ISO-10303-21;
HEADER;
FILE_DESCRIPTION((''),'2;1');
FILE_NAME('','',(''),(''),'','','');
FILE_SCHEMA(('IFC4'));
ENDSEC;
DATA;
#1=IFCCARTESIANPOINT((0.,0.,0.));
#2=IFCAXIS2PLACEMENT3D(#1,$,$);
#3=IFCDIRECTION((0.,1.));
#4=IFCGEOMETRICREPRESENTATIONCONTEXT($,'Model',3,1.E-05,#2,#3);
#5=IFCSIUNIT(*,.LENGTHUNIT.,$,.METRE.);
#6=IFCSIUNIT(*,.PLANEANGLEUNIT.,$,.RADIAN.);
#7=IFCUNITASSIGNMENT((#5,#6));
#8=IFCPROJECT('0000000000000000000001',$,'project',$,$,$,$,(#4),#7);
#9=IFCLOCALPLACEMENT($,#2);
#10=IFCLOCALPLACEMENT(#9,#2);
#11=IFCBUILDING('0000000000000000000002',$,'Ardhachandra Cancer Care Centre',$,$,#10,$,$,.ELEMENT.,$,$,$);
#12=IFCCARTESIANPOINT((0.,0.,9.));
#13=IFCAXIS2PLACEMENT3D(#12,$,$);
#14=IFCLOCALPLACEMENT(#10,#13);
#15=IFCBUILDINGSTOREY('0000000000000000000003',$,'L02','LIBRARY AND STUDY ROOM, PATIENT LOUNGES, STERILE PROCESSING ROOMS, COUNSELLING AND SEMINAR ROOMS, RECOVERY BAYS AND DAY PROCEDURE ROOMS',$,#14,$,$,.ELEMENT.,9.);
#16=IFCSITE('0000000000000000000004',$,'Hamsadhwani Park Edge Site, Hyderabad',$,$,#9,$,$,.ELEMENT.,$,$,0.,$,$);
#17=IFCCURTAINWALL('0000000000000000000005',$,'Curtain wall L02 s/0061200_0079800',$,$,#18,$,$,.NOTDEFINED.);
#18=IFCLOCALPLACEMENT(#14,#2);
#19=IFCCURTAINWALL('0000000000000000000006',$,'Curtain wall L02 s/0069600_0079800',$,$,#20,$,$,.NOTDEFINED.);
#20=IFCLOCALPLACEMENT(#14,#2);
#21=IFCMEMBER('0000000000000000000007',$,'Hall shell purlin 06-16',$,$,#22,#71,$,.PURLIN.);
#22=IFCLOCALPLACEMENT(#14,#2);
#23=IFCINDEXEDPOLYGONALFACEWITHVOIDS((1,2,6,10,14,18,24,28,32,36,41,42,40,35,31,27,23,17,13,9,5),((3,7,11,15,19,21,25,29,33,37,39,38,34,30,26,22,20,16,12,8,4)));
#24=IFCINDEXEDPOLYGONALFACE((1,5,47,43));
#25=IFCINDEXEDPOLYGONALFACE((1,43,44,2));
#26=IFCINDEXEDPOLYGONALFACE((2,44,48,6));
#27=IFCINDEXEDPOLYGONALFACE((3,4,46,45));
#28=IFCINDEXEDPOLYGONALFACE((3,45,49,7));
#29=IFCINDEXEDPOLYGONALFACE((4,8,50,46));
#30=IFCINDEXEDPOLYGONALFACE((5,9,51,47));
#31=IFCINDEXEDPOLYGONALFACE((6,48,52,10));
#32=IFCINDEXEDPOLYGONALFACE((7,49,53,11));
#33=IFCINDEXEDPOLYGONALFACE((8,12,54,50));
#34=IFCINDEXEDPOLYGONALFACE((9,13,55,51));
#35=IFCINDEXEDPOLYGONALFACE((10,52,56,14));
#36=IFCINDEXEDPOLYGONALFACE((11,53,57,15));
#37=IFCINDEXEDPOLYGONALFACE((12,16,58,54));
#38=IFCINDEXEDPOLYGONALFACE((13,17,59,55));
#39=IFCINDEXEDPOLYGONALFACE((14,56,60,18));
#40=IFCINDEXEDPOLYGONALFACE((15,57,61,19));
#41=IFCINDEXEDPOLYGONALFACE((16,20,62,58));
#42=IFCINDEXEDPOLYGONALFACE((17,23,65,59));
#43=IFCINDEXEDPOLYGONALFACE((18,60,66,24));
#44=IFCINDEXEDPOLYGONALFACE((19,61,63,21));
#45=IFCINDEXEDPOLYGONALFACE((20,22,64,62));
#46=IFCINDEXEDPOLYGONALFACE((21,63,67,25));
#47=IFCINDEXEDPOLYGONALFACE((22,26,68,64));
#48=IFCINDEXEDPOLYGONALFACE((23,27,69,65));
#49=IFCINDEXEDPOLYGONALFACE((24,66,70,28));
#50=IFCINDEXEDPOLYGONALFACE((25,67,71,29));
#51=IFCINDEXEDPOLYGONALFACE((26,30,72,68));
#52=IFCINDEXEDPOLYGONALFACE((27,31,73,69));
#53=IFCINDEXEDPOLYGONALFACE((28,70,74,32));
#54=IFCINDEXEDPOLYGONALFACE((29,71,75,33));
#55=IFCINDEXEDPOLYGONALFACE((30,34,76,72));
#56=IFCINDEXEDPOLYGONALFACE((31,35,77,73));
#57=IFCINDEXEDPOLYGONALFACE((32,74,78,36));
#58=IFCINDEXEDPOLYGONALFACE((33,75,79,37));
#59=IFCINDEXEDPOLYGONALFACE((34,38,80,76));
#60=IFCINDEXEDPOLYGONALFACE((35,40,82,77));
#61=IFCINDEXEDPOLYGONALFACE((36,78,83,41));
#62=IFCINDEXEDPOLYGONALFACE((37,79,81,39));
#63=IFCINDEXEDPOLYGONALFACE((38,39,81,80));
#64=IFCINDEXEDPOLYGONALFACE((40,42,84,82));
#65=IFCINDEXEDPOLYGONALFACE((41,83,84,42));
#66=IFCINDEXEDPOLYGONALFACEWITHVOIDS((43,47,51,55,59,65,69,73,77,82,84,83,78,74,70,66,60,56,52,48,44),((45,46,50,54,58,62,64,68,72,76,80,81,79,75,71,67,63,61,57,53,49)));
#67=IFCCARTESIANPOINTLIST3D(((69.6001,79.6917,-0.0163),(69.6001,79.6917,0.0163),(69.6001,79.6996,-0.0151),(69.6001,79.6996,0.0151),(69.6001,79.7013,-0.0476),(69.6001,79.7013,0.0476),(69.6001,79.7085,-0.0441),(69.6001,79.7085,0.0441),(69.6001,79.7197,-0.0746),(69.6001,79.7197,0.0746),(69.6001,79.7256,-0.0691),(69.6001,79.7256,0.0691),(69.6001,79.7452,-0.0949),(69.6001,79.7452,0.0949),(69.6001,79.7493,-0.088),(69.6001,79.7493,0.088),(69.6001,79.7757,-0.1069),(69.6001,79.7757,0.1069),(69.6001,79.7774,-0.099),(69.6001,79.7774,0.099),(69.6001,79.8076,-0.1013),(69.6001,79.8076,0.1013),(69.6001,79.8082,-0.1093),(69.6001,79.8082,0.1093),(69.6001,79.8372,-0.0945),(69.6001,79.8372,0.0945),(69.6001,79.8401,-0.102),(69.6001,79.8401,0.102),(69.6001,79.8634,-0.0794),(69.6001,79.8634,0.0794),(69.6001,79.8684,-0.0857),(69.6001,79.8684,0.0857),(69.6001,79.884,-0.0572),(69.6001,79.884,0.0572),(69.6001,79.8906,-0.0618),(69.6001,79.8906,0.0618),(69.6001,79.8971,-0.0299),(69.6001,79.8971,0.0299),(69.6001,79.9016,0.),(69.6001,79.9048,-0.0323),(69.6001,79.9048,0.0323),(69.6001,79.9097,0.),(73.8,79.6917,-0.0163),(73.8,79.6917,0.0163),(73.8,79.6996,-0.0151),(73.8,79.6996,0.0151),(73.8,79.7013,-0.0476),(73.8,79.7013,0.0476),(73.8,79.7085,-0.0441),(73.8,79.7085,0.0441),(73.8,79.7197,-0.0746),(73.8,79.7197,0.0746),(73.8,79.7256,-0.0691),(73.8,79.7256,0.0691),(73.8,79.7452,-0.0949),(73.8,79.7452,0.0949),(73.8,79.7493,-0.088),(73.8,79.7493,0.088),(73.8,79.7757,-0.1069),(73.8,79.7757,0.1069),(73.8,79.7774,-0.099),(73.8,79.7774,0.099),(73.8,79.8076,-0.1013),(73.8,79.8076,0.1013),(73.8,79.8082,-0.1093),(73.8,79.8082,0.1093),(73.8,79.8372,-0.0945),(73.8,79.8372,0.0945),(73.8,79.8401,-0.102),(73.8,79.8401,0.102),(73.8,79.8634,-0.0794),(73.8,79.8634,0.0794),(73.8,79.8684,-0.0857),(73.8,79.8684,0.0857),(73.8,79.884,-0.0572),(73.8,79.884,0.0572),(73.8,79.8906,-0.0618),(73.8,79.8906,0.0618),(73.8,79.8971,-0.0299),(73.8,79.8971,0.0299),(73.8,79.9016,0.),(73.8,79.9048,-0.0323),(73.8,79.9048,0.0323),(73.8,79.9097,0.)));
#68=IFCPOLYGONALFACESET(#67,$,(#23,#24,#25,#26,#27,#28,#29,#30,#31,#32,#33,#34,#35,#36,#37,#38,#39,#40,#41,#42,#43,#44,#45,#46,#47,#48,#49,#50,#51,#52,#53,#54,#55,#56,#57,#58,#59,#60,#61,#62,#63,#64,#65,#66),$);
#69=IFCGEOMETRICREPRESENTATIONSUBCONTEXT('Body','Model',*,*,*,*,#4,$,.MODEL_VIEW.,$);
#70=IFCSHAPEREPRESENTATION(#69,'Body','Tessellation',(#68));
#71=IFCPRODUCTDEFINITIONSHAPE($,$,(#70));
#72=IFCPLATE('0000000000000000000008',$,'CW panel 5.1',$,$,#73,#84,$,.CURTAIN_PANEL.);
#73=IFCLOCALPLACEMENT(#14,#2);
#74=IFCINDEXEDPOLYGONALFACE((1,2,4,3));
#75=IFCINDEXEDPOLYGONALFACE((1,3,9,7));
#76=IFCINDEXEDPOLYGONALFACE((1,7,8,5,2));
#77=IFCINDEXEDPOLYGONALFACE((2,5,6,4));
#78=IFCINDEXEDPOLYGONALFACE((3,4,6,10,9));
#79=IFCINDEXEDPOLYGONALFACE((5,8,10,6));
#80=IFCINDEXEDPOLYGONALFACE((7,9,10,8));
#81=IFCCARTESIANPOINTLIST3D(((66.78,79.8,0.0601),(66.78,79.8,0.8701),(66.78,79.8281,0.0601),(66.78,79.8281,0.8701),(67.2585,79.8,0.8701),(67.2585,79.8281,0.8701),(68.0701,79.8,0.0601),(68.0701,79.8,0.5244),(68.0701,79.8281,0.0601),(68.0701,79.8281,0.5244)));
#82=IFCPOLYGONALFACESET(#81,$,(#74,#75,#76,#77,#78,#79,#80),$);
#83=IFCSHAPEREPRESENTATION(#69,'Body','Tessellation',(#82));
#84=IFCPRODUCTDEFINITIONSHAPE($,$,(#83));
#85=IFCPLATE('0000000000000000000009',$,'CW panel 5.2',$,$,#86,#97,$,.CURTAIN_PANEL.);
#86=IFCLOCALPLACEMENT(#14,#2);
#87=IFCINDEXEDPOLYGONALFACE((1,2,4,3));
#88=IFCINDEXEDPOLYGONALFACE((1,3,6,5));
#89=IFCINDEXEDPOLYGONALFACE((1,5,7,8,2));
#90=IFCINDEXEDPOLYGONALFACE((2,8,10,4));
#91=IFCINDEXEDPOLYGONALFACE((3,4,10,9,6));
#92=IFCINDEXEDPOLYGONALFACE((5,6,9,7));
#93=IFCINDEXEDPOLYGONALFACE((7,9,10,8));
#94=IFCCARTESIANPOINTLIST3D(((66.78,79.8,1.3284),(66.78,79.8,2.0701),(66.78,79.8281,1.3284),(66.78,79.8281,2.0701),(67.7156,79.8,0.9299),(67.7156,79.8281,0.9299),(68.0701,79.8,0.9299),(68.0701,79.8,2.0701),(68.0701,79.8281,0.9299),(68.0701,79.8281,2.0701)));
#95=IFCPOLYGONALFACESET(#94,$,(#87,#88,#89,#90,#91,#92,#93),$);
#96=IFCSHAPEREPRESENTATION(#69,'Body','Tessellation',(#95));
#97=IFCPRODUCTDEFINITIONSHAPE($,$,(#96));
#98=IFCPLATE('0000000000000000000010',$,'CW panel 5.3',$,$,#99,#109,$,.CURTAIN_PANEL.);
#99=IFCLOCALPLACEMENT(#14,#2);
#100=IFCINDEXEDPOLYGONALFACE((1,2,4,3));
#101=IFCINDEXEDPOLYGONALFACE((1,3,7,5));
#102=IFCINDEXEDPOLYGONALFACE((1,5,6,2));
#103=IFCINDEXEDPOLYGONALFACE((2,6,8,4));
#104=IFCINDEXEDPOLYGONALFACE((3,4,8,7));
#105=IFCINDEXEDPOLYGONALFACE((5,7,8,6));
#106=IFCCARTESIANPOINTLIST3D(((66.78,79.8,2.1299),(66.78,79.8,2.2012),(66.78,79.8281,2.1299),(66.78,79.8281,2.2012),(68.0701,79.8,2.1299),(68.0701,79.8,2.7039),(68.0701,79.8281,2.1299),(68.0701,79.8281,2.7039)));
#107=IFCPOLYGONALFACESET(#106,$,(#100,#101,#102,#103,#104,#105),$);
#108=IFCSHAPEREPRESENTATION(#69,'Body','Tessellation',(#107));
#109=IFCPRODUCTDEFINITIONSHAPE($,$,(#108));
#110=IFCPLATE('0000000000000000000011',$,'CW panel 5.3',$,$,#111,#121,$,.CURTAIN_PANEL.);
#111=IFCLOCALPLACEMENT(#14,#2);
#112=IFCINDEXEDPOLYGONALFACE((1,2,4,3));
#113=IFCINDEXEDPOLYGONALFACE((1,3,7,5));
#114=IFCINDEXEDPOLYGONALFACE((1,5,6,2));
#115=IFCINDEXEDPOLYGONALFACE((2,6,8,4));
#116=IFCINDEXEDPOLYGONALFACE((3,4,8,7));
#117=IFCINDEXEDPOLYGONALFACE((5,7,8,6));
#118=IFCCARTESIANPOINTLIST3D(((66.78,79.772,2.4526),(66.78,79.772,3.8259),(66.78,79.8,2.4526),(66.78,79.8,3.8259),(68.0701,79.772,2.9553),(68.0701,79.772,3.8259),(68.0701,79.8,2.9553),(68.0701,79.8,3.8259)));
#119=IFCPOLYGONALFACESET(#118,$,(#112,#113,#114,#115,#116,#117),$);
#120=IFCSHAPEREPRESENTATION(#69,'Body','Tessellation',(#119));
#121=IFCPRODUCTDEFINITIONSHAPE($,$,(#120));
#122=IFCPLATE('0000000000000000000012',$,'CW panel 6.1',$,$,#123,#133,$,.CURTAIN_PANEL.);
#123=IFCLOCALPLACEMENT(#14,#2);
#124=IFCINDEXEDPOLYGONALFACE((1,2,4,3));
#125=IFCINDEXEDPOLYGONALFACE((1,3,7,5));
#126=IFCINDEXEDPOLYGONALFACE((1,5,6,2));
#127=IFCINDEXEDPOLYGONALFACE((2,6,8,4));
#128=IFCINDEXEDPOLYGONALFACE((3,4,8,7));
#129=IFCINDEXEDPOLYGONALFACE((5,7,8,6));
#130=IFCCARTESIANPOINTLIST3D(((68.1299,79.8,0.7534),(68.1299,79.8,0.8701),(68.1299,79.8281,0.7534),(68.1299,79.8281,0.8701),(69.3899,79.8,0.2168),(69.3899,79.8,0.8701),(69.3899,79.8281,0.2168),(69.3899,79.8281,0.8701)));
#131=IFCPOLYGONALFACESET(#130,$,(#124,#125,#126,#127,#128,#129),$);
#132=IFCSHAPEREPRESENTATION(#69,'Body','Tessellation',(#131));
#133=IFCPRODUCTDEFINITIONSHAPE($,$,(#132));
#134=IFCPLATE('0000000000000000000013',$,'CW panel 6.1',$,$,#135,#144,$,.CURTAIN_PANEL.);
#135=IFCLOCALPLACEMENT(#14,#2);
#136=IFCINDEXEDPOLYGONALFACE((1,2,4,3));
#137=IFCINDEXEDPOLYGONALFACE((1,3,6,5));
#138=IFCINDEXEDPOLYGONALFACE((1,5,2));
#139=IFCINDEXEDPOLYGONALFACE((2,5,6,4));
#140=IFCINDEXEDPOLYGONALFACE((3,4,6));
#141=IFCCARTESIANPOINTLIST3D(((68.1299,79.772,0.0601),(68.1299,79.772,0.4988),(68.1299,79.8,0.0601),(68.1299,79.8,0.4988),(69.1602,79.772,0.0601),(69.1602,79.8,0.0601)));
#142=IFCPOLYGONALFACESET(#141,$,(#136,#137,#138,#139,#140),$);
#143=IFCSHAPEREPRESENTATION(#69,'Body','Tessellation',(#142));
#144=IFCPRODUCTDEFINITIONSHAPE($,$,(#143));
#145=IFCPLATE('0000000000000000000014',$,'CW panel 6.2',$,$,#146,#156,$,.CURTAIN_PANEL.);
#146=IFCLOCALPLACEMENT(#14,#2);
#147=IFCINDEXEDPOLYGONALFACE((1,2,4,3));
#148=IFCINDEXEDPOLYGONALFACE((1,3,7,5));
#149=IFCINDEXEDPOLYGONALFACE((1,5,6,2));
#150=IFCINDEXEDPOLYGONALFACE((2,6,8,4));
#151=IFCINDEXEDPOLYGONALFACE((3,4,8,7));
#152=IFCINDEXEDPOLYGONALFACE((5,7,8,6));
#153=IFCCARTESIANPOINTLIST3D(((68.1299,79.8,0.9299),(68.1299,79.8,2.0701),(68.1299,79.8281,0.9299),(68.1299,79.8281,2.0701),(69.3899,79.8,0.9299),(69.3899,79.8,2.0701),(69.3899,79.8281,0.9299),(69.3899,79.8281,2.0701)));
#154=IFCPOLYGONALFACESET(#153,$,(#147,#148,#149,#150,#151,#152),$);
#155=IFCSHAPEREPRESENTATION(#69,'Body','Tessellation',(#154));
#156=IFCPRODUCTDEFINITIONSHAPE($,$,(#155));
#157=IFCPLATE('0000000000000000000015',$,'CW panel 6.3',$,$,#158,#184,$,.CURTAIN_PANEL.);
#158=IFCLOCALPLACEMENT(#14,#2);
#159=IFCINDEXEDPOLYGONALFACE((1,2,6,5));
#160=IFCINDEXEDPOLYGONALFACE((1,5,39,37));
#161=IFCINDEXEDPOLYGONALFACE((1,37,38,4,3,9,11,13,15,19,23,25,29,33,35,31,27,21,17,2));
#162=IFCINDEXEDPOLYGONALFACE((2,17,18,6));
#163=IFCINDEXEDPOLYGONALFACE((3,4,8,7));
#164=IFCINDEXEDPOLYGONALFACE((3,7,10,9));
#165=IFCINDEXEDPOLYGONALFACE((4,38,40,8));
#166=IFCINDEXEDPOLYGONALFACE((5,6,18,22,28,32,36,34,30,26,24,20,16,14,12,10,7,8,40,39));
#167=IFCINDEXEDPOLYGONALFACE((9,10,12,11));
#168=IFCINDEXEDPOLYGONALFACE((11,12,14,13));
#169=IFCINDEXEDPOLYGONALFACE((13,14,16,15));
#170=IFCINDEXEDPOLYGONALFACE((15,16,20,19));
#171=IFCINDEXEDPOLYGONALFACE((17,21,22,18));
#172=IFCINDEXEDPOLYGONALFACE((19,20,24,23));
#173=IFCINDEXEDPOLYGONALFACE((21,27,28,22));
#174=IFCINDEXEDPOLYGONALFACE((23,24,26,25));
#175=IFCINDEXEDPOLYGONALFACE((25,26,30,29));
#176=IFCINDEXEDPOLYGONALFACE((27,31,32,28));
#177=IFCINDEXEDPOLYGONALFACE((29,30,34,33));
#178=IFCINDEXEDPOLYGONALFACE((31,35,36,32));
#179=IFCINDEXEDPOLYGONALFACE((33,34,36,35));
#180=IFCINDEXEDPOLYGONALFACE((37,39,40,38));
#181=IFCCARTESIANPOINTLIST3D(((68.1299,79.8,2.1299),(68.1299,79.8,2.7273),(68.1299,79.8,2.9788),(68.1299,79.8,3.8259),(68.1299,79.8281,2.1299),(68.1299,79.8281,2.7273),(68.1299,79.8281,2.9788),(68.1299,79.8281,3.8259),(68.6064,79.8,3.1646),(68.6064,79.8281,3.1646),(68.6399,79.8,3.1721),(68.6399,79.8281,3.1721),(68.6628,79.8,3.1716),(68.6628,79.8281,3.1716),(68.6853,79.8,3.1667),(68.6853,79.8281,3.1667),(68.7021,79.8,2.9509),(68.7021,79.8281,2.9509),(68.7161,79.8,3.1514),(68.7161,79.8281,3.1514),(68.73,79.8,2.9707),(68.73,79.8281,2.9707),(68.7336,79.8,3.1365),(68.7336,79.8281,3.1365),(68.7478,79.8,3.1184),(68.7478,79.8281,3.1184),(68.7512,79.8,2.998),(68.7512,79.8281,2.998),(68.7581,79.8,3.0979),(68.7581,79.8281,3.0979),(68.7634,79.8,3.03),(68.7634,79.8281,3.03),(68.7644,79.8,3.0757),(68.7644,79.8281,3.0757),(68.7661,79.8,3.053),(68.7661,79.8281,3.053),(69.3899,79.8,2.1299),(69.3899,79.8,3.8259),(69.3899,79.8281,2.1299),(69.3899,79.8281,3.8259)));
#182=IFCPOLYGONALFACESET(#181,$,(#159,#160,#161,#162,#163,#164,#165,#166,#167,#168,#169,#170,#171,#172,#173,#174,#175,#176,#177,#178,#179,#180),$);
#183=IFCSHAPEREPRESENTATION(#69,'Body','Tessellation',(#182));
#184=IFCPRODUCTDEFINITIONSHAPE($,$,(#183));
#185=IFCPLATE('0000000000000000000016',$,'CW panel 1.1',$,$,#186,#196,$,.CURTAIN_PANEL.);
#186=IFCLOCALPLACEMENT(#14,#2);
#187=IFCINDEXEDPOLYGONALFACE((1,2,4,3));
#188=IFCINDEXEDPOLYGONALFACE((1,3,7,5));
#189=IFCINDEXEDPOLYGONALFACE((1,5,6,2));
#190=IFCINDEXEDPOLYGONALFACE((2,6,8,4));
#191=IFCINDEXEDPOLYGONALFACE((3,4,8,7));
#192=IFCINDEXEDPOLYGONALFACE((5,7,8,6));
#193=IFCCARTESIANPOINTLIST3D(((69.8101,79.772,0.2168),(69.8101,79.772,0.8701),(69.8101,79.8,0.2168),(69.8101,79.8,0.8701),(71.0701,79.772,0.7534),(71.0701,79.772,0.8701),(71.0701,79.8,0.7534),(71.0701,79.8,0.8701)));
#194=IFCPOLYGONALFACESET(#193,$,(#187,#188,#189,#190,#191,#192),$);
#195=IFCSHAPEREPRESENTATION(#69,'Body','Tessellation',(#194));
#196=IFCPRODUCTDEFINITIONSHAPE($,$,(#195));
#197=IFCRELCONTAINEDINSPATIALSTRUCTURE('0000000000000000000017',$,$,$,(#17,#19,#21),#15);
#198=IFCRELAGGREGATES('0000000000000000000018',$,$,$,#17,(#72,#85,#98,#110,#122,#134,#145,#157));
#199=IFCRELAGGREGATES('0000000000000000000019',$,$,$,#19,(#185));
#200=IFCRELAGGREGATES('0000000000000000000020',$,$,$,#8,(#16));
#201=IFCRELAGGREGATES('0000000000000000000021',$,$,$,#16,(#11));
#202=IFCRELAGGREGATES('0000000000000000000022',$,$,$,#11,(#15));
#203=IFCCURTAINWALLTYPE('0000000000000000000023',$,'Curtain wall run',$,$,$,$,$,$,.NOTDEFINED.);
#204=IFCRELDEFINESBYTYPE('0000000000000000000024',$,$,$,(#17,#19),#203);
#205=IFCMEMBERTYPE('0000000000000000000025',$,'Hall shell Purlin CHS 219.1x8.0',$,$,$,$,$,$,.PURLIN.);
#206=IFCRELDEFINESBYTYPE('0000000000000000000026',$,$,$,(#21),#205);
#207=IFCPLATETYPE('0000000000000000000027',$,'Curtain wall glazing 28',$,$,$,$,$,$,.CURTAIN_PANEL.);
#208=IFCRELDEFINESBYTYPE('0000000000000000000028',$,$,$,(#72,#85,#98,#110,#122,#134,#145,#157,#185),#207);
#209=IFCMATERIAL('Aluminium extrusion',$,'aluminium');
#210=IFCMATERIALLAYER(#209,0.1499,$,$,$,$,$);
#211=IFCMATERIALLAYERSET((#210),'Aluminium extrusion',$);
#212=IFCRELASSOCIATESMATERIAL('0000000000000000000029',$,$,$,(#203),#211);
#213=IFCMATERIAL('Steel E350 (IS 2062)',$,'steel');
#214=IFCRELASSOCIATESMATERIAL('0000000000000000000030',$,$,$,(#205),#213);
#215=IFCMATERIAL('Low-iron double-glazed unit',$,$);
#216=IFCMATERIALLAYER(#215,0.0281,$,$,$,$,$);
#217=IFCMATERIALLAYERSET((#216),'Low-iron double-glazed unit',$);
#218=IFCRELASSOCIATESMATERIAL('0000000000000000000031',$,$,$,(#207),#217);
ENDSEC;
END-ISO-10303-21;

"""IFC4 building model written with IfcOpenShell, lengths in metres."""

from ifc_helpers import new_model, si_unit, direction, frame, origin, origin_2d, place, context, subcontext, project, spatial, polyline, hollow_circle, outline, extrude, material, layer, layer_set, material_profile, profile_set, type_object, element, aggregate, save


model = new_model("IFC4")

# Units and contexts
model_context = context("Model", 3, precision=1e-05, world=origin(), true_north=direction((0.0, 1.0)))
body_context = subcontext(model_context, "Body", "Model", "MODEL_VIEW")
ifc_project = project(units=[si_unit("LENGTHUNIT", "METRE"), si_unit("PLANEANGLEUNIT", "RADIAN")], contexts=[model_context])

# Site, building, storey
site_placement = place(None, origin())
site = spatial("IfcSite", under=ifc_project, at=site_placement, Name="Hamsadhwani Park Edge Site, Hyderabad", CompositionType="ELEMENT", RefElevation=0.0)
building_placement = place(site_placement, origin())
building = spatial("IfcBuilding", under=site, at=building_placement, Name="Ardhachandra Cancer Care Centre", CompositionType="ELEMENT")
storey_placement = place(building_placement, frame((0.0, 0.0, 9.0)))
storey = spatial("IfcBuildingStorey", under=building, at=storey_placement, Name="L02", Description="LIBRARY AND STUDY ROOM, PATIENT LOUNGES, STERILE PROCESSING ROOMS, COUNSELLING AND SEMINAR ROOMS, RECOVERY BAYS AND DAY PROCEDURE ROOMS", CompositionType="ELEMENT", Elevation=9.0)

# Curtain wall
ifc_material_1 = material(Name="Aluminium extrusion", Category="aluminium")
ifc_layer_1 = layer(ifc_material_1, 0.1499)
ifc_layer_set_1 = layer_set([ifc_layer_1], Name="Aluminium extrusion")
curtain_wall_type = type_object("IfcCurtainWallType", Name="Curtain wall run", PredefinedType="NOTDEFINED", material=ifc_layer_set_1)
curtain_wall_1_placement = place(storey_placement, origin())
curtain_wall_1 = element("IfcCurtainWall", 1, at=curtain_wall_1_placement, inside=storey, type_object=curtain_wall_type, Name="Curtain wall L02 s/0061200_0079800", PredefinedType="NOTDEFINED")

# Curtain wall
curtain_wall_2_placement = place(storey_placement, origin())
curtain_wall_2 = element("IfcCurtainWall", 2, at=curtain_wall_2_placement, inside=storey, type_object=curtain_wall_type, Name="Curtain wall L02 s/0069600_0079800", PredefinedType="NOTDEFINED")

# Member
ifc_material_2 = material(Name="Steel E350 (IS 2062)", Category="steel")
ifc_material_profile_1 = material_profile(ifc_material_2, hollow_circle(Radius=0.1096, WallThickness=0.0081, at=origin_2d()), Name="CHS 219.1x8.0")
ifc_profile_set_1 = profile_set([ifc_material_profile_1], Name="Steel E350 (IS 2062)")
member_type_1 = type_object("IfcMemberType", Name="Hall shell Purlin CHS 219.1x8.0", PredefinedType="PURLIN", material=ifc_profile_set_1)
member_1_placement = place(storey_placement, frame((69.6001, 79.8, 0.0), z_axis=(1.0, 0.0, 0.0), x_axis=(0.0, 1.0, 0.0)))
element("IfcMember", 3, at=member_1_placement, inside=storey, type_object=member_type_1, Name="Hall shell purlin 06-16", PredefinedType="PURLIN", context=body_context, shape_type="SweptSolid", body=[
    extrude(hollow_circle(Radius=0.1096, WallThickness=0.0081, at=origin_2d()), origin(), (0.0, 0.0, 1.0), 4.2),
])

# Plates
ifc_material_3 = material(Name="Low-iron double-glazed unit")
ifc_layer_2 = layer(ifc_material_3, 0.0281)
ifc_layer_set_2 = layer_set([ifc_layer_2], Name="Low-iron double-glazed unit")
plate_type = type_object("IfcPlateType", Name="Curtain wall glazing 28", PredefinedType="CURTAIN_PANEL", material=ifc_layer_set_2)
plate_1_placement = place(storey_placement, frame((68.0701, 79.8, 0.0601), z_axis=(0.0, 1.0, 0.0), x_axis=(-1.0, 0.0, 0.0)))
plate_1 = element("IfcPlate", 4, at=plate_1_placement, type_object=plate_type, Name="CW panel 5.1", PredefinedType="CURTAIN_PANEL", context=body_context, shape_type="SweptSolid", body=[
    extrude(outline(polyline([(0.0, 0.0), (1.29, 0.0), (1.29, 0.8101), (0.8115, 0.8101), (0.0, 0.4644), (0.0, 0.0)])), origin(), (0.0, 0.0, 1.0), 0.0281),
])
plate_2_placement = place(storey_placement, frame((66.78, 79.8, 2.0701), z_axis=(0.0, 1.0, 0.0), x_axis=(1.0, 0.0, 0.0)))
plate_2 = element("IfcPlate", 5, at=plate_2_placement, type_object=plate_type, Name="CW panel 5.2", PredefinedType="CURTAIN_PANEL", context=body_context, shape_type="SweptSolid", body=[
    extrude(outline(polyline([(0.0, 0.0), (1.29, 0.0), (1.29, 1.1401), (0.9355, 1.1401), (0.0, 0.7417), (0.0, 0.0)])), origin(), (0.0, 0.0, 1.0), 0.0281),
])
plate_3_placement = place(storey_placement, frame((68.0701, 79.8, 2.1299), z_axis=(0.0, 1.0, 0.0), x_axis=(-1.0, 0.0, 0.0)))
plate_3 = element("IfcPlate", 6, at=plate_3_placement, type_object=plate_type, Name="CW panel 5.3", PredefinedType="CURTAIN_PANEL", context=body_context, shape_type="SweptSolid", body=[
    extrude(outline(polyline([(0.0, 0.0), (1.29, 0.0), (1.29, 0.0713), (0.0, 0.574), (0.0, 0.0)])), origin(), (0.0, 0.0, 1.0), 0.0281),
])
plate_4_placement = place(storey_placement, frame((66.78, 79.8, 3.8259), z_axis=(0.0, 1.0, 0.0), x_axis=(1.0, 0.0, 0.0)))
plate_4 = element("IfcPlate", 7, at=plate_4_placement, type_object=plate_type, Name="CW panel 5.3", PredefinedType="CURTAIN_PANEL", context=body_context, shape_type="SweptSolid", body=[
    extrude(outline(polyline([(0.0, 0.0), (1.29, 0.0), (1.29, 0.8706), (0.0, 1.3733), (0.0, 0.0)])), frame((0.0, 0.0, -0.0281)), (0.0, 0.0, 1.0), 0.0281),
])
plate_5_placement = place(storey_placement, frame((68.1299, 79.8, 0.8701), z_axis=(0.0, 1.0, 0.0), x_axis=(1.0, 0.0, 0.0)))
plate_5 = element("IfcPlate", 8, at=plate_5_placement, type_object=plate_type, Name="CW panel 6.1", PredefinedType="CURTAIN_PANEL", context=body_context, shape_type="SweptSolid", body=[
    extrude(outline(polyline([(0.0, 0.0), (1.26, 0.0), (1.26, 0.6533), (0.0, 0.1167), (0.0, 0.0)])), origin(), (0.0, 0.0, 1.0), 0.0281),
])
plate_6_placement = place(storey_placement, frame((68.1299, 79.8, 0.0601), z_axis=(0.0, 1.0, 0.0), x_axis=(0.0, 0.0, 1.0)))
plate_6 = element("IfcPlate", 9, at=plate_6_placement, type_object=plate_type, Name="CW panel 6.1", PredefinedType="CURTAIN_PANEL", context=body_context, shape_type="SweptSolid", body=[
    extrude(outline(polyline([(0.0, 0.0), (0.4387, 0.0), (0.0, 1.0303), (0.0, 0.0)])), frame((0.0, 0.0, -0.0281)), (0.0, 0.0, 1.0), 0.0281),
])
plate_7_placement = place(storey_placement, frame((68.1299, 79.8, 0.9299), z_axis=(0.0, 1.0, 0.0), x_axis=(0.0, 0.0, 1.0)))
plate_7 = element("IfcPlate", 10, at=plate_7_placement, type_object=plate_type, Name="CW panel 6.2", PredefinedType="CURTAIN_PANEL", context=body_context, shape_type="SweptSolid", body=[
    extrude(outline(polyline([(0.0, 0.0), (1.1401, 0.0), (1.1401, 1.26), (0.0, 1.26), (0.0, 0.0)])), origin(), (0.0, 0.0, 1.0), 0.0281),
])
plate_8_placement = place(storey_placement, frame((68.1299, 79.8, 3.8259), z_axis=(0.0, 1.0, 0.0), x_axis=(1.0, 0.0, 0.0)))
plate_8 = element("IfcPlate", 11, at=plate_8_placement, type_object=plate_type, Name="CW panel 6.3", PredefinedType="CURTAIN_PANEL", context=body_context, shape_type="SweptSolid", body=[
    extrude(outline(polyline([(0.0, 0.0), (1.26, 0.0), (1.26, 1.696), (0.0, 1.696), (0.0, 1.0986), (0.5723, 0.875), (0.6001, 0.8552), (0.6213, 0.8279), (0.6335, 0.7959), (0.6362, 0.7729), (0.6345, 0.7502), (0.6282, 0.728), (0.6179, 0.7075), (0.6038, 0.6895), (0.5862, 0.6746), (0.5554, 0.6592), (0.533, 0.6543), (0.51, 0.6538), (0.4766, 0.6614), (0.0, 0.8472), (0.0, 0.0)])), origin(), (0.0, 0.0, 1.0), 0.0281),
])
aggregate(curtain_wall_1, [plate_1, plate_2, plate_3, plate_4, plate_5, plate_6, plate_7, plate_8])
plate_9_placement = place(storey_placement, frame((69.8101, 79.8, 0.8701), z_axis=(0.0, 1.0, 0.0), x_axis=(1.0, 0.0, 0.0)))
plate_9 = element("IfcPlate", 12, at=plate_9_placement, type_object=plate_type, Name="CW panel 1.1", PredefinedType="CURTAIN_PANEL", context=body_context, shape_type="SweptSolid", body=[
    extrude(outline(polyline([(0.0, 0.0), (1.26, 0.0), (1.26, 0.1167), (0.0, 0.6533), (0.0, 0.0)])), frame((0.0, 0.0, -0.0281)), (0.0, 0.0, 1.0), 0.0281),
])
aggregate(curtain_wall_2, [plate_9])

save(model, "model.ifc")
